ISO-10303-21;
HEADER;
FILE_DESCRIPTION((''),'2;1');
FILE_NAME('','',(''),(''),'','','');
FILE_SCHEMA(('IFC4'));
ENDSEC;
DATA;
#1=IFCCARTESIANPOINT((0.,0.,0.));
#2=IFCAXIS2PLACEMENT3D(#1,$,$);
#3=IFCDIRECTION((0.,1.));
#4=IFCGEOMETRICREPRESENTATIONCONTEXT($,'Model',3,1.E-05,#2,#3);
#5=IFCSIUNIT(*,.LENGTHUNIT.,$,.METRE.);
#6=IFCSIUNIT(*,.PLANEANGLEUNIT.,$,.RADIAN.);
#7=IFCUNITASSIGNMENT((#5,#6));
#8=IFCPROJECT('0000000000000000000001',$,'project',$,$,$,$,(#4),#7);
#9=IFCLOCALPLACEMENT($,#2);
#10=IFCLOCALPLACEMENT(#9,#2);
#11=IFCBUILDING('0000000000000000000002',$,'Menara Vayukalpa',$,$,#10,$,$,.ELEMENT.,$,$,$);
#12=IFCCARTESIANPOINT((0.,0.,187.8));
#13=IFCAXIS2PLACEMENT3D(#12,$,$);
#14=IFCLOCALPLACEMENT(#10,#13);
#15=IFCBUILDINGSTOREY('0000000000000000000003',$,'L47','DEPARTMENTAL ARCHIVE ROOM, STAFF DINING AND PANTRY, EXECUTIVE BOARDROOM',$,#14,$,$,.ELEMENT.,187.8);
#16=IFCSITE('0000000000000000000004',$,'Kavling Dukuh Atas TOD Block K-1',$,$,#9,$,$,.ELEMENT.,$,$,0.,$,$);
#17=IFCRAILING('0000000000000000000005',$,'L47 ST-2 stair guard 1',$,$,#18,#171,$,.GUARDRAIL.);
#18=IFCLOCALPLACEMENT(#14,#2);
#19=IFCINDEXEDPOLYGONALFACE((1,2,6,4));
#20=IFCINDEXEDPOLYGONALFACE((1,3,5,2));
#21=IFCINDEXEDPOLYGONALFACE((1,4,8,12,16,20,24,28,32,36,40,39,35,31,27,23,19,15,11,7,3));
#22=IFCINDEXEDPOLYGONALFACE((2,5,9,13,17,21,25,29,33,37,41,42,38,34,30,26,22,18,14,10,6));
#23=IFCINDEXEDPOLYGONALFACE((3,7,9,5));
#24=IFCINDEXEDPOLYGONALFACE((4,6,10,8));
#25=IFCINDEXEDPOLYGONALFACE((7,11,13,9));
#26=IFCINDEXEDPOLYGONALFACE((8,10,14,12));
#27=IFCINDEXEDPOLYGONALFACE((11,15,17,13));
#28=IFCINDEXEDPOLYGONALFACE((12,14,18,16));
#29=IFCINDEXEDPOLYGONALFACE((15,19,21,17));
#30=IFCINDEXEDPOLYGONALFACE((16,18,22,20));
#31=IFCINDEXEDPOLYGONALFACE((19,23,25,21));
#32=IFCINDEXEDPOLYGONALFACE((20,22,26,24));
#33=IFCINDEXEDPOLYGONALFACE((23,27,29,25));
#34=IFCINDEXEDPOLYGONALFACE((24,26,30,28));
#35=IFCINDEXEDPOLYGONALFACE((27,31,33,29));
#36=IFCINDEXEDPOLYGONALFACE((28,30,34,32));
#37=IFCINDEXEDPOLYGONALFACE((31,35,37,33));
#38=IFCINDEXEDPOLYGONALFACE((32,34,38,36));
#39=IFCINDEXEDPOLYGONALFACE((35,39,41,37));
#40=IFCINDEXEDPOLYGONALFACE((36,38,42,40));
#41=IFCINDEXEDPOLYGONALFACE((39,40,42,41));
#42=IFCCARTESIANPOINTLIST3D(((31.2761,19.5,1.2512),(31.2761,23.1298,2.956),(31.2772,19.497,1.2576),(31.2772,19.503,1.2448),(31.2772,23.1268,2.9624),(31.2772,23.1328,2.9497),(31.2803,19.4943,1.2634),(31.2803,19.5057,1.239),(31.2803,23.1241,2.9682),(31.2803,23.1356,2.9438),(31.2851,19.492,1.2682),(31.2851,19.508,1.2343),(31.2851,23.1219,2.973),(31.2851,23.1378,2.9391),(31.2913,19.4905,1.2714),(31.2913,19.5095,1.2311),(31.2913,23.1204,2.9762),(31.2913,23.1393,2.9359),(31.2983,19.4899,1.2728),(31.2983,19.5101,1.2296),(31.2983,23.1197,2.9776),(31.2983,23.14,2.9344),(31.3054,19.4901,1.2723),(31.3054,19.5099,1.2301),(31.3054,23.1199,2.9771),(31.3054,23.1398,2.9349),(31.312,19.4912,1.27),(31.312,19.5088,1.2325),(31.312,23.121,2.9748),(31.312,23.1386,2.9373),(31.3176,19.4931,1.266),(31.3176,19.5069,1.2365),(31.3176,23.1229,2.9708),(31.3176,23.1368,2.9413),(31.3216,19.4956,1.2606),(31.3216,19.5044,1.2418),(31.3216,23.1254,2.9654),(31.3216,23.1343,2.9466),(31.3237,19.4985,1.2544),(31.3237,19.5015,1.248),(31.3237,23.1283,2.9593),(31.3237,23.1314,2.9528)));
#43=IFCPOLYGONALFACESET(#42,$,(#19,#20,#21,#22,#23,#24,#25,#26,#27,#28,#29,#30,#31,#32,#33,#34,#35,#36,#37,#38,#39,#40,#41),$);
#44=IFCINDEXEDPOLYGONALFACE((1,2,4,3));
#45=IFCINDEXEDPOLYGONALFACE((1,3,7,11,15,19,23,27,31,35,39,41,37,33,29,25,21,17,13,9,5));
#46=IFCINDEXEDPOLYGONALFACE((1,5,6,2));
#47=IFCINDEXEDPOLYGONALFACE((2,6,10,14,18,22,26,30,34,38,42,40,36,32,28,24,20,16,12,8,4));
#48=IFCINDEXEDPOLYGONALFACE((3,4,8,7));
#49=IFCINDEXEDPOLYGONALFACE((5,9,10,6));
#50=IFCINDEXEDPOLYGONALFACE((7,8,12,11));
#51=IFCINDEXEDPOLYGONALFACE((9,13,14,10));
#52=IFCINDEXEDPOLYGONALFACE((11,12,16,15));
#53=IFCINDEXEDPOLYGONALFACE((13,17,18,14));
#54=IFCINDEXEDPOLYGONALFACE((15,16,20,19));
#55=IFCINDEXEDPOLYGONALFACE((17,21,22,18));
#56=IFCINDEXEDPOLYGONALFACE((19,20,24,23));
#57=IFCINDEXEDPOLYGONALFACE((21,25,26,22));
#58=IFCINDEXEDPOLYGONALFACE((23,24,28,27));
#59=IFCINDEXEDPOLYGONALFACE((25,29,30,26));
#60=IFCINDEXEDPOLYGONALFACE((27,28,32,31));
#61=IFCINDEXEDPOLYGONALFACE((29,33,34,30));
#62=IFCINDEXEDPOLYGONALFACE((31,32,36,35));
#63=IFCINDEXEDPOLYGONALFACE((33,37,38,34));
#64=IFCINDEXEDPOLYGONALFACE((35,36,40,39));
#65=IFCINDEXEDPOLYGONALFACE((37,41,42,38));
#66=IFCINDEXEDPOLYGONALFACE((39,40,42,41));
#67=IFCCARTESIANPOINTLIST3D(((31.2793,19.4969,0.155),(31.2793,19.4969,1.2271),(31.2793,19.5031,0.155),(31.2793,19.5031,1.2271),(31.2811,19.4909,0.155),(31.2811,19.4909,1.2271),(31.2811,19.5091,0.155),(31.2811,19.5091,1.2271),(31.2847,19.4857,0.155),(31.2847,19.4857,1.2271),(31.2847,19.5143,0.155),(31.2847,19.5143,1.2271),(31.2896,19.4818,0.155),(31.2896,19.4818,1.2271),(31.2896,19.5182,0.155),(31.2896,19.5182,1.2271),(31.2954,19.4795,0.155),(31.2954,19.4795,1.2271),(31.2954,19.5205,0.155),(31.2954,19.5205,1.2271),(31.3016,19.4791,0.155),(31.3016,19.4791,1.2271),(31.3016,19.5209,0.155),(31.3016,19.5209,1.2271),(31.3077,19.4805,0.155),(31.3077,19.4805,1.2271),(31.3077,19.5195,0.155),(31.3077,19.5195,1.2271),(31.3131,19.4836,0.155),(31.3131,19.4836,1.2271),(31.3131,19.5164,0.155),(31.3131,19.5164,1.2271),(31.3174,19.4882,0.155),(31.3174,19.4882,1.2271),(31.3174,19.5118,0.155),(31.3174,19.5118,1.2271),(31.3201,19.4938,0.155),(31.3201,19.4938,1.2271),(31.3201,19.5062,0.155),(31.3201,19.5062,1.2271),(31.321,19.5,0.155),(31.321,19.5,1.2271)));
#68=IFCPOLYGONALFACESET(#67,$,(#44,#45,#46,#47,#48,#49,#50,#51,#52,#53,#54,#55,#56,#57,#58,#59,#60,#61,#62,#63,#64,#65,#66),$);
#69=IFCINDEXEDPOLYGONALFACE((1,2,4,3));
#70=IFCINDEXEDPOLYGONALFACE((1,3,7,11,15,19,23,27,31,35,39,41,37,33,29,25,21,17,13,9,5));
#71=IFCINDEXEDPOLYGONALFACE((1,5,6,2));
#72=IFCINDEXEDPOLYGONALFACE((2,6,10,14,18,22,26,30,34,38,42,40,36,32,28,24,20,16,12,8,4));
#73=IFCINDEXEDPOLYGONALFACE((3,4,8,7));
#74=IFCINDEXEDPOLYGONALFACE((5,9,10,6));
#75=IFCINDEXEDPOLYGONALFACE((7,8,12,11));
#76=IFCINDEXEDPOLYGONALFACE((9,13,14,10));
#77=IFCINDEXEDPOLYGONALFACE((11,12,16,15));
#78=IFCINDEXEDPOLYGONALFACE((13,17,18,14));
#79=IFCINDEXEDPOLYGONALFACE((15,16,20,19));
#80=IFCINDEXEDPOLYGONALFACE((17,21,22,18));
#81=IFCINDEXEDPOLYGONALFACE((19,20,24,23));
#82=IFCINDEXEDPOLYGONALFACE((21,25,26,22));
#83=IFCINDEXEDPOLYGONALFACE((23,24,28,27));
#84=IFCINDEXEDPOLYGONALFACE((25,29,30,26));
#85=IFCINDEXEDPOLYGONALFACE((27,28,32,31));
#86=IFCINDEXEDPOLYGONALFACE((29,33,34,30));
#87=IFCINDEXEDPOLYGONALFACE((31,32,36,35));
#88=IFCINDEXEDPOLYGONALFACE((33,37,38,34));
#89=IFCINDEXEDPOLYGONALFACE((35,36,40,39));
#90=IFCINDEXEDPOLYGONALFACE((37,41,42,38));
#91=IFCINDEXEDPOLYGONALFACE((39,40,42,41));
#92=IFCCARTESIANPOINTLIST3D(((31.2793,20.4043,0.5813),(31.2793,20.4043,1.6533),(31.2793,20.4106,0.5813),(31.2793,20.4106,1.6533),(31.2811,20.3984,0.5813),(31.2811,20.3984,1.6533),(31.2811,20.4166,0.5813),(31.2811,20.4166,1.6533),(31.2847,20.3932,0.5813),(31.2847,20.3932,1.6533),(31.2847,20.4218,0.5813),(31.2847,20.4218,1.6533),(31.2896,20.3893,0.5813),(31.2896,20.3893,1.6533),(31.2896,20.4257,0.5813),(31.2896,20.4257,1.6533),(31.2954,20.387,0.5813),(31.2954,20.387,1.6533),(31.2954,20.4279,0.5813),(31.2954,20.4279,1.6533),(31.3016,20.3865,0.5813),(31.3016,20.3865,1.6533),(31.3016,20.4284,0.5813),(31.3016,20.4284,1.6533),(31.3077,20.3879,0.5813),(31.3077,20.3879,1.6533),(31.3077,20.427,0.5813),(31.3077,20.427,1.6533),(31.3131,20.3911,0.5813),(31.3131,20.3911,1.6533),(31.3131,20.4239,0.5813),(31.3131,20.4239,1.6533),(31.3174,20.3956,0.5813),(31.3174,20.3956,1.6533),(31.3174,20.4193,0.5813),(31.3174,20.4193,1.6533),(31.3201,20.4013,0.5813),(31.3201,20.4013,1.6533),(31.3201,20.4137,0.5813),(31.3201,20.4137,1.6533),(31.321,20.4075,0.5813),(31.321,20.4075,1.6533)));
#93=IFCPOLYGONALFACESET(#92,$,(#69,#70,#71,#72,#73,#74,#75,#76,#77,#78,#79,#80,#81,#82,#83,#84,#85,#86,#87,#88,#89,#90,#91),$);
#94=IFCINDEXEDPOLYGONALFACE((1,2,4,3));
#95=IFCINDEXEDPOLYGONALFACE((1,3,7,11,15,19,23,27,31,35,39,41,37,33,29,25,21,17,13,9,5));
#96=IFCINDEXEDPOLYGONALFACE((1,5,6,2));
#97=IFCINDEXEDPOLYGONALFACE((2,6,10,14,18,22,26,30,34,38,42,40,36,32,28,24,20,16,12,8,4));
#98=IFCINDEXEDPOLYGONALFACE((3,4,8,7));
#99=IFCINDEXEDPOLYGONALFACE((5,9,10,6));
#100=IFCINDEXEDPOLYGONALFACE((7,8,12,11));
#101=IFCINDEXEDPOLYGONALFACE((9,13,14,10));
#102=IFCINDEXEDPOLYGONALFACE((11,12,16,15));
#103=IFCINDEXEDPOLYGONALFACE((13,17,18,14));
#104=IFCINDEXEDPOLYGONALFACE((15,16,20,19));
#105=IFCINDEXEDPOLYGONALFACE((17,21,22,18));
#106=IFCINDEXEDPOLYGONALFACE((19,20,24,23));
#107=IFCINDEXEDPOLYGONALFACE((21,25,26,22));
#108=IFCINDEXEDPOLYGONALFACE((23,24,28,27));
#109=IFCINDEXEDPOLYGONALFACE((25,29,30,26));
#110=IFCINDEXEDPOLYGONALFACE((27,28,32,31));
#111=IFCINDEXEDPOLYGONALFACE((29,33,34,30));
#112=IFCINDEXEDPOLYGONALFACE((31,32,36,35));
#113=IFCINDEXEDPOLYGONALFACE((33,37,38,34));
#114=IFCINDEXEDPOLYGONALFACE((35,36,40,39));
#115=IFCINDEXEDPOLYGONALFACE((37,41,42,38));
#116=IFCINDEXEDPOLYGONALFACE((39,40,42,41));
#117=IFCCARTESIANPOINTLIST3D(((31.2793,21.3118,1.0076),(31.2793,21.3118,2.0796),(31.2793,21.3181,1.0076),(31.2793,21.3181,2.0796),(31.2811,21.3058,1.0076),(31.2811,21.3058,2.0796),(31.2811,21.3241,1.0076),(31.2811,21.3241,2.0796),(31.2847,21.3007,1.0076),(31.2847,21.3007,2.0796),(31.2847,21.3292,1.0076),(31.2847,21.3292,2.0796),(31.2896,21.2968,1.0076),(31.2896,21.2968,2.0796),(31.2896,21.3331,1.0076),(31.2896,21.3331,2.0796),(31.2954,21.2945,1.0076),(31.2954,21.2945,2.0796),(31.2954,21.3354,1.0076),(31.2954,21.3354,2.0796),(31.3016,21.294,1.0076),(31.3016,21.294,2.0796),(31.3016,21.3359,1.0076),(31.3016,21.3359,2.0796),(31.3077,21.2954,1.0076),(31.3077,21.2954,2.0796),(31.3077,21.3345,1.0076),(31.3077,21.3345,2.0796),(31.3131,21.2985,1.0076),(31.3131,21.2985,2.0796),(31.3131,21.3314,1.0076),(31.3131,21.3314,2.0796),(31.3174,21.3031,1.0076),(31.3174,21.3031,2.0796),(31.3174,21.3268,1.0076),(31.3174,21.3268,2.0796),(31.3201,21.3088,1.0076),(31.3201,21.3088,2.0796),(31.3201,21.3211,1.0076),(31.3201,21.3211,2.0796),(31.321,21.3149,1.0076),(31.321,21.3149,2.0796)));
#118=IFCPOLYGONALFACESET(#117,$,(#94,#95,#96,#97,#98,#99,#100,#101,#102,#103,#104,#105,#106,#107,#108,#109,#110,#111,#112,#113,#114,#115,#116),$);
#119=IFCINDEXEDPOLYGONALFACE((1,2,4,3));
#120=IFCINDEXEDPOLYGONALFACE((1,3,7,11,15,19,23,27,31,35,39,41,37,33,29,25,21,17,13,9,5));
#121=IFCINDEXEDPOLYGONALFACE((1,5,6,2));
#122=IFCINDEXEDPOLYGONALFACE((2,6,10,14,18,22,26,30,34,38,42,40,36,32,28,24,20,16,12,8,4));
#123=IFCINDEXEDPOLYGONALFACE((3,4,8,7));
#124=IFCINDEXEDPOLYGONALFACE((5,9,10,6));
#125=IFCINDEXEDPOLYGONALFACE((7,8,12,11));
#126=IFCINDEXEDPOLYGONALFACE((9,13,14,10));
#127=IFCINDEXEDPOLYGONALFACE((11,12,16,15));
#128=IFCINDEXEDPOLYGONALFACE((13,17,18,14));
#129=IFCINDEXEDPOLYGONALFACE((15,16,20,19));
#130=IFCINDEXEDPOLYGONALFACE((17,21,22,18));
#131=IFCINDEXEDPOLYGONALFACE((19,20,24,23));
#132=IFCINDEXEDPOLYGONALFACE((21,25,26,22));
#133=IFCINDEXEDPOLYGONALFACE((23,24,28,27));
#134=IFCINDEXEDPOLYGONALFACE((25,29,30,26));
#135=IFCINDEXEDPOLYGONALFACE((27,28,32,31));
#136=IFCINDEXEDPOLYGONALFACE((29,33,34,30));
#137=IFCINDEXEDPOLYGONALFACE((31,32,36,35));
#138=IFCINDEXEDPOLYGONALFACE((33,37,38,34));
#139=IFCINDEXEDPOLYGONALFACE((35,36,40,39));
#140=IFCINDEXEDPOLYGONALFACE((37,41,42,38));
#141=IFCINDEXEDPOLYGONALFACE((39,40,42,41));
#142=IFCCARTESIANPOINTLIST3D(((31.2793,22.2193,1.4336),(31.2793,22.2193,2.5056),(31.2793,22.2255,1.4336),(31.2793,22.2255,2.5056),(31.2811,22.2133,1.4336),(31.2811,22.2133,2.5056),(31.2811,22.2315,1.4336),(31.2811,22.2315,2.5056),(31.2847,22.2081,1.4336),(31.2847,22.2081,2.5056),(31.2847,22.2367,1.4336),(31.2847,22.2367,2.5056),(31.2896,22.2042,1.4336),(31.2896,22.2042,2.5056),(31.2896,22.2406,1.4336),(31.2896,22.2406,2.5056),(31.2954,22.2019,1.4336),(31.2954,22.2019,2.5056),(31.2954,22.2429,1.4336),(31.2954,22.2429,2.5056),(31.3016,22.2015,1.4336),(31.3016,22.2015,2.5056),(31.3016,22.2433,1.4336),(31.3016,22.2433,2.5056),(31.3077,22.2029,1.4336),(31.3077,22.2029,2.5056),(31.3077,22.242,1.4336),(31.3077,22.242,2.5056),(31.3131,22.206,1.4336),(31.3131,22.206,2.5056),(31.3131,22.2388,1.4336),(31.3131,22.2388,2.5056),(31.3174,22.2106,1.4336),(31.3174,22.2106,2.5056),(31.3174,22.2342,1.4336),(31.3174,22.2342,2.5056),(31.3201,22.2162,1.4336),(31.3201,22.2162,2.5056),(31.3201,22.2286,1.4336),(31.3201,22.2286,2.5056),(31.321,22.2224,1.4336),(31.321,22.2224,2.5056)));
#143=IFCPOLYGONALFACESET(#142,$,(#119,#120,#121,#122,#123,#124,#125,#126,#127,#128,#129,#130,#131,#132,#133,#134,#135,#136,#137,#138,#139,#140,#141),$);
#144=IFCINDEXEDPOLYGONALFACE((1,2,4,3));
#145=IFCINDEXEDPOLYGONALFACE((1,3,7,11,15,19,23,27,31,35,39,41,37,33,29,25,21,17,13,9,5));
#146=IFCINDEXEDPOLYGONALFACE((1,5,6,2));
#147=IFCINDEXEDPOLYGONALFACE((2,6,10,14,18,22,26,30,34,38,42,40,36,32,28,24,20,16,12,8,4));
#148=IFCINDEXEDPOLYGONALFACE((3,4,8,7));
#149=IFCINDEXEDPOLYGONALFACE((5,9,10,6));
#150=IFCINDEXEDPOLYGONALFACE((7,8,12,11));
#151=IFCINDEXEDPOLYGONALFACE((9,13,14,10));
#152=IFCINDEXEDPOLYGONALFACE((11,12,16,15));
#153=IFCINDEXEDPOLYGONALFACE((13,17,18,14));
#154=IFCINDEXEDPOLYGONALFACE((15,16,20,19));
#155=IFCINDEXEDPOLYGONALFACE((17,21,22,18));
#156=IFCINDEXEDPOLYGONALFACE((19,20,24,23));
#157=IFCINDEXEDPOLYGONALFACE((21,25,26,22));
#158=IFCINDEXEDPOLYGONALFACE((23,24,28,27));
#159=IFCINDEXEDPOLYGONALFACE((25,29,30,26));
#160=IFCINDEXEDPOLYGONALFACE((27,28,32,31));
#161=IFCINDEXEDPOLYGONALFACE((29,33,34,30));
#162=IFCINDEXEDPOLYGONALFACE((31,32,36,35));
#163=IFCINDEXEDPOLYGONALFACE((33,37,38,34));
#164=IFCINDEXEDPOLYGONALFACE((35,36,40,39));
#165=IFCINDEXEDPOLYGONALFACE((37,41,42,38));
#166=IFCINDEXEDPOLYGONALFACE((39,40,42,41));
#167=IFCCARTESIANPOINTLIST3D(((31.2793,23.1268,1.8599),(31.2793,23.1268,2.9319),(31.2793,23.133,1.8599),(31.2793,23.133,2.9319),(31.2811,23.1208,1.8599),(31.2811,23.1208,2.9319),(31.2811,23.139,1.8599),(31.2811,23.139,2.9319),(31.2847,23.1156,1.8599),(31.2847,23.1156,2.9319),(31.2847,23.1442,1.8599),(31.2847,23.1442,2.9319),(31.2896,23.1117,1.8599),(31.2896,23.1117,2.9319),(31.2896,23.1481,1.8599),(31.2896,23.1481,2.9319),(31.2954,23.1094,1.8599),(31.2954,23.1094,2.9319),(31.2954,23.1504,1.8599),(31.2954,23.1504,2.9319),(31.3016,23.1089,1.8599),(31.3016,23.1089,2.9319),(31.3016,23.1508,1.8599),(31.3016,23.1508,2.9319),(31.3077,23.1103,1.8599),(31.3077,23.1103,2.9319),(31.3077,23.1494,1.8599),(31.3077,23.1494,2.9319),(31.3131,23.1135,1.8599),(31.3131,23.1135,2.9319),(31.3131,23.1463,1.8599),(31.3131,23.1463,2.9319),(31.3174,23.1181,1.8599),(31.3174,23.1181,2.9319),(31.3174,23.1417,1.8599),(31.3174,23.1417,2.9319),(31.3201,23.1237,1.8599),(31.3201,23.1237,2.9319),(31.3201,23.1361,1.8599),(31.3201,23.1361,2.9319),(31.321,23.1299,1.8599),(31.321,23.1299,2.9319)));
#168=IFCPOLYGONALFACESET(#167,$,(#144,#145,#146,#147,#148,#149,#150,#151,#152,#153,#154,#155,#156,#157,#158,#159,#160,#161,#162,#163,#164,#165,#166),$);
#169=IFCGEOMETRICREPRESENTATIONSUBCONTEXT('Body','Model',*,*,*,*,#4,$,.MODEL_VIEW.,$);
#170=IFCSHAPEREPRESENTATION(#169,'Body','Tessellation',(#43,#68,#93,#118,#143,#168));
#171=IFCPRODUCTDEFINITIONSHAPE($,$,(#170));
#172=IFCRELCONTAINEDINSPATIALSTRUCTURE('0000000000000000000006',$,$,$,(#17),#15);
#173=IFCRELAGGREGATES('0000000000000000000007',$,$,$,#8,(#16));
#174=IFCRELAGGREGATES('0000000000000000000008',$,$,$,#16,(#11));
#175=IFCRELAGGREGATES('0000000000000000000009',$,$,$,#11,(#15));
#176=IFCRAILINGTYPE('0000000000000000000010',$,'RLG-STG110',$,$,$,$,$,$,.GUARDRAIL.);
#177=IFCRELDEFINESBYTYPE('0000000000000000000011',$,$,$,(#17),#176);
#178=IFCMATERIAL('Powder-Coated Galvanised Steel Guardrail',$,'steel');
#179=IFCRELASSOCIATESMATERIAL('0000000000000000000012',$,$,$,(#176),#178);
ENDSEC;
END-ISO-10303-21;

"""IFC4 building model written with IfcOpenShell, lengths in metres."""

from ifc_helpers import new_model, si_unit, direction, frame, origin, origin_2d, place, context, subcontext, project, spatial, circle, extrude, material, type_object, element, save


model = new_model("IFC4")

# Units and contexts
model_context = context("Model", 3, precision=1e-05, world=origin(), true_north=direction((0.0, 1.0)))
body_context = subcontext(model_context, "Body", "Model", "MODEL_VIEW")
ifc_project = project(units=[si_unit("LENGTHUNIT", "METRE"), si_unit("PLANEANGLEUNIT", "RADIAN")], contexts=[model_context])

# Site, building, storey
site_placement = place(None, origin())
site = spatial("IfcSite", under=ifc_project, at=site_placement, Name="Kavling Dukuh Atas TOD Block K-1", CompositionType="ELEMENT", RefElevation=0.0)
building_placement = place(site_placement, origin())
building = spatial("IfcBuilding", under=site, at=building_placement, Name="Menara Vayukalpa", CompositionType="ELEMENT")
storey_placement = place(building_placement, frame((0.0, 0.0, 187.8)))
storey = spatial("IfcBuildingStorey", under=building, at=storey_placement, Name="L47", Description="DEPARTMENTAL ARCHIVE ROOM, STAFF DINING AND PANTRY, EXECUTIVE BOARDROOM", CompositionType="ELEMENT", Elevation=187.8)

# Railing
ifc_material_1 = material(Name="Powder-Coated Galvanised Steel Guardrail", Category="steel")
railing_type_1 = type_object("IfcRailingType", Name="RLG-STG110", PredefinedType="GUARDRAIL", material=ifc_material_1)
railing_1_placement = place(storey_placement, frame((31.3, 19.5, 0.155)))
element("IfcRailing", 1, at=railing_1_placement, inside=storey, type_object=railing_type_1, Name="L47 ST-2 stair guard 1", PredefinedType="GUARDRAIL", context=body_context, shape_type="SweptSolid", body=[
    extrude(circle(Radius=0.0239, at=origin_2d()), frame((0.0, 0.0, 1.0962), z_axis=(0.0, 0.90514, 0.425114), x_axis=(-1.0, 0.0, 0.0)), (0.0, 0.0, 1.0), 4.0103),
    extrude(circle(Radius=0.021, at=origin_2d()), origin(), (0.0, 0.0, 1.0), 1.072),
    extrude(circle(Radius=0.021, at=origin_2d()), frame((0.0, 0.9075, 0.4263)), (0.0, 0.0, 1.0), 1.072),
    extrude(circle(Radius=0.021, at=origin_2d()), frame((0.0, 1.8149, 0.8525)), (0.0, 0.0, 1.0), 1.072),
    extrude(circle(Radius=0.021, at=origin_2d()), frame((0.0, 2.7224, 1.2786)), (0.0, 0.0, 1.0), 1.072),
    extrude(circle(Radius=0.021, at=origin_2d()), frame((0.0, 3.6299, 1.7048)), (0.0, 0.0, 1.0), 1.072),
])

save(model, "model.ifc")
